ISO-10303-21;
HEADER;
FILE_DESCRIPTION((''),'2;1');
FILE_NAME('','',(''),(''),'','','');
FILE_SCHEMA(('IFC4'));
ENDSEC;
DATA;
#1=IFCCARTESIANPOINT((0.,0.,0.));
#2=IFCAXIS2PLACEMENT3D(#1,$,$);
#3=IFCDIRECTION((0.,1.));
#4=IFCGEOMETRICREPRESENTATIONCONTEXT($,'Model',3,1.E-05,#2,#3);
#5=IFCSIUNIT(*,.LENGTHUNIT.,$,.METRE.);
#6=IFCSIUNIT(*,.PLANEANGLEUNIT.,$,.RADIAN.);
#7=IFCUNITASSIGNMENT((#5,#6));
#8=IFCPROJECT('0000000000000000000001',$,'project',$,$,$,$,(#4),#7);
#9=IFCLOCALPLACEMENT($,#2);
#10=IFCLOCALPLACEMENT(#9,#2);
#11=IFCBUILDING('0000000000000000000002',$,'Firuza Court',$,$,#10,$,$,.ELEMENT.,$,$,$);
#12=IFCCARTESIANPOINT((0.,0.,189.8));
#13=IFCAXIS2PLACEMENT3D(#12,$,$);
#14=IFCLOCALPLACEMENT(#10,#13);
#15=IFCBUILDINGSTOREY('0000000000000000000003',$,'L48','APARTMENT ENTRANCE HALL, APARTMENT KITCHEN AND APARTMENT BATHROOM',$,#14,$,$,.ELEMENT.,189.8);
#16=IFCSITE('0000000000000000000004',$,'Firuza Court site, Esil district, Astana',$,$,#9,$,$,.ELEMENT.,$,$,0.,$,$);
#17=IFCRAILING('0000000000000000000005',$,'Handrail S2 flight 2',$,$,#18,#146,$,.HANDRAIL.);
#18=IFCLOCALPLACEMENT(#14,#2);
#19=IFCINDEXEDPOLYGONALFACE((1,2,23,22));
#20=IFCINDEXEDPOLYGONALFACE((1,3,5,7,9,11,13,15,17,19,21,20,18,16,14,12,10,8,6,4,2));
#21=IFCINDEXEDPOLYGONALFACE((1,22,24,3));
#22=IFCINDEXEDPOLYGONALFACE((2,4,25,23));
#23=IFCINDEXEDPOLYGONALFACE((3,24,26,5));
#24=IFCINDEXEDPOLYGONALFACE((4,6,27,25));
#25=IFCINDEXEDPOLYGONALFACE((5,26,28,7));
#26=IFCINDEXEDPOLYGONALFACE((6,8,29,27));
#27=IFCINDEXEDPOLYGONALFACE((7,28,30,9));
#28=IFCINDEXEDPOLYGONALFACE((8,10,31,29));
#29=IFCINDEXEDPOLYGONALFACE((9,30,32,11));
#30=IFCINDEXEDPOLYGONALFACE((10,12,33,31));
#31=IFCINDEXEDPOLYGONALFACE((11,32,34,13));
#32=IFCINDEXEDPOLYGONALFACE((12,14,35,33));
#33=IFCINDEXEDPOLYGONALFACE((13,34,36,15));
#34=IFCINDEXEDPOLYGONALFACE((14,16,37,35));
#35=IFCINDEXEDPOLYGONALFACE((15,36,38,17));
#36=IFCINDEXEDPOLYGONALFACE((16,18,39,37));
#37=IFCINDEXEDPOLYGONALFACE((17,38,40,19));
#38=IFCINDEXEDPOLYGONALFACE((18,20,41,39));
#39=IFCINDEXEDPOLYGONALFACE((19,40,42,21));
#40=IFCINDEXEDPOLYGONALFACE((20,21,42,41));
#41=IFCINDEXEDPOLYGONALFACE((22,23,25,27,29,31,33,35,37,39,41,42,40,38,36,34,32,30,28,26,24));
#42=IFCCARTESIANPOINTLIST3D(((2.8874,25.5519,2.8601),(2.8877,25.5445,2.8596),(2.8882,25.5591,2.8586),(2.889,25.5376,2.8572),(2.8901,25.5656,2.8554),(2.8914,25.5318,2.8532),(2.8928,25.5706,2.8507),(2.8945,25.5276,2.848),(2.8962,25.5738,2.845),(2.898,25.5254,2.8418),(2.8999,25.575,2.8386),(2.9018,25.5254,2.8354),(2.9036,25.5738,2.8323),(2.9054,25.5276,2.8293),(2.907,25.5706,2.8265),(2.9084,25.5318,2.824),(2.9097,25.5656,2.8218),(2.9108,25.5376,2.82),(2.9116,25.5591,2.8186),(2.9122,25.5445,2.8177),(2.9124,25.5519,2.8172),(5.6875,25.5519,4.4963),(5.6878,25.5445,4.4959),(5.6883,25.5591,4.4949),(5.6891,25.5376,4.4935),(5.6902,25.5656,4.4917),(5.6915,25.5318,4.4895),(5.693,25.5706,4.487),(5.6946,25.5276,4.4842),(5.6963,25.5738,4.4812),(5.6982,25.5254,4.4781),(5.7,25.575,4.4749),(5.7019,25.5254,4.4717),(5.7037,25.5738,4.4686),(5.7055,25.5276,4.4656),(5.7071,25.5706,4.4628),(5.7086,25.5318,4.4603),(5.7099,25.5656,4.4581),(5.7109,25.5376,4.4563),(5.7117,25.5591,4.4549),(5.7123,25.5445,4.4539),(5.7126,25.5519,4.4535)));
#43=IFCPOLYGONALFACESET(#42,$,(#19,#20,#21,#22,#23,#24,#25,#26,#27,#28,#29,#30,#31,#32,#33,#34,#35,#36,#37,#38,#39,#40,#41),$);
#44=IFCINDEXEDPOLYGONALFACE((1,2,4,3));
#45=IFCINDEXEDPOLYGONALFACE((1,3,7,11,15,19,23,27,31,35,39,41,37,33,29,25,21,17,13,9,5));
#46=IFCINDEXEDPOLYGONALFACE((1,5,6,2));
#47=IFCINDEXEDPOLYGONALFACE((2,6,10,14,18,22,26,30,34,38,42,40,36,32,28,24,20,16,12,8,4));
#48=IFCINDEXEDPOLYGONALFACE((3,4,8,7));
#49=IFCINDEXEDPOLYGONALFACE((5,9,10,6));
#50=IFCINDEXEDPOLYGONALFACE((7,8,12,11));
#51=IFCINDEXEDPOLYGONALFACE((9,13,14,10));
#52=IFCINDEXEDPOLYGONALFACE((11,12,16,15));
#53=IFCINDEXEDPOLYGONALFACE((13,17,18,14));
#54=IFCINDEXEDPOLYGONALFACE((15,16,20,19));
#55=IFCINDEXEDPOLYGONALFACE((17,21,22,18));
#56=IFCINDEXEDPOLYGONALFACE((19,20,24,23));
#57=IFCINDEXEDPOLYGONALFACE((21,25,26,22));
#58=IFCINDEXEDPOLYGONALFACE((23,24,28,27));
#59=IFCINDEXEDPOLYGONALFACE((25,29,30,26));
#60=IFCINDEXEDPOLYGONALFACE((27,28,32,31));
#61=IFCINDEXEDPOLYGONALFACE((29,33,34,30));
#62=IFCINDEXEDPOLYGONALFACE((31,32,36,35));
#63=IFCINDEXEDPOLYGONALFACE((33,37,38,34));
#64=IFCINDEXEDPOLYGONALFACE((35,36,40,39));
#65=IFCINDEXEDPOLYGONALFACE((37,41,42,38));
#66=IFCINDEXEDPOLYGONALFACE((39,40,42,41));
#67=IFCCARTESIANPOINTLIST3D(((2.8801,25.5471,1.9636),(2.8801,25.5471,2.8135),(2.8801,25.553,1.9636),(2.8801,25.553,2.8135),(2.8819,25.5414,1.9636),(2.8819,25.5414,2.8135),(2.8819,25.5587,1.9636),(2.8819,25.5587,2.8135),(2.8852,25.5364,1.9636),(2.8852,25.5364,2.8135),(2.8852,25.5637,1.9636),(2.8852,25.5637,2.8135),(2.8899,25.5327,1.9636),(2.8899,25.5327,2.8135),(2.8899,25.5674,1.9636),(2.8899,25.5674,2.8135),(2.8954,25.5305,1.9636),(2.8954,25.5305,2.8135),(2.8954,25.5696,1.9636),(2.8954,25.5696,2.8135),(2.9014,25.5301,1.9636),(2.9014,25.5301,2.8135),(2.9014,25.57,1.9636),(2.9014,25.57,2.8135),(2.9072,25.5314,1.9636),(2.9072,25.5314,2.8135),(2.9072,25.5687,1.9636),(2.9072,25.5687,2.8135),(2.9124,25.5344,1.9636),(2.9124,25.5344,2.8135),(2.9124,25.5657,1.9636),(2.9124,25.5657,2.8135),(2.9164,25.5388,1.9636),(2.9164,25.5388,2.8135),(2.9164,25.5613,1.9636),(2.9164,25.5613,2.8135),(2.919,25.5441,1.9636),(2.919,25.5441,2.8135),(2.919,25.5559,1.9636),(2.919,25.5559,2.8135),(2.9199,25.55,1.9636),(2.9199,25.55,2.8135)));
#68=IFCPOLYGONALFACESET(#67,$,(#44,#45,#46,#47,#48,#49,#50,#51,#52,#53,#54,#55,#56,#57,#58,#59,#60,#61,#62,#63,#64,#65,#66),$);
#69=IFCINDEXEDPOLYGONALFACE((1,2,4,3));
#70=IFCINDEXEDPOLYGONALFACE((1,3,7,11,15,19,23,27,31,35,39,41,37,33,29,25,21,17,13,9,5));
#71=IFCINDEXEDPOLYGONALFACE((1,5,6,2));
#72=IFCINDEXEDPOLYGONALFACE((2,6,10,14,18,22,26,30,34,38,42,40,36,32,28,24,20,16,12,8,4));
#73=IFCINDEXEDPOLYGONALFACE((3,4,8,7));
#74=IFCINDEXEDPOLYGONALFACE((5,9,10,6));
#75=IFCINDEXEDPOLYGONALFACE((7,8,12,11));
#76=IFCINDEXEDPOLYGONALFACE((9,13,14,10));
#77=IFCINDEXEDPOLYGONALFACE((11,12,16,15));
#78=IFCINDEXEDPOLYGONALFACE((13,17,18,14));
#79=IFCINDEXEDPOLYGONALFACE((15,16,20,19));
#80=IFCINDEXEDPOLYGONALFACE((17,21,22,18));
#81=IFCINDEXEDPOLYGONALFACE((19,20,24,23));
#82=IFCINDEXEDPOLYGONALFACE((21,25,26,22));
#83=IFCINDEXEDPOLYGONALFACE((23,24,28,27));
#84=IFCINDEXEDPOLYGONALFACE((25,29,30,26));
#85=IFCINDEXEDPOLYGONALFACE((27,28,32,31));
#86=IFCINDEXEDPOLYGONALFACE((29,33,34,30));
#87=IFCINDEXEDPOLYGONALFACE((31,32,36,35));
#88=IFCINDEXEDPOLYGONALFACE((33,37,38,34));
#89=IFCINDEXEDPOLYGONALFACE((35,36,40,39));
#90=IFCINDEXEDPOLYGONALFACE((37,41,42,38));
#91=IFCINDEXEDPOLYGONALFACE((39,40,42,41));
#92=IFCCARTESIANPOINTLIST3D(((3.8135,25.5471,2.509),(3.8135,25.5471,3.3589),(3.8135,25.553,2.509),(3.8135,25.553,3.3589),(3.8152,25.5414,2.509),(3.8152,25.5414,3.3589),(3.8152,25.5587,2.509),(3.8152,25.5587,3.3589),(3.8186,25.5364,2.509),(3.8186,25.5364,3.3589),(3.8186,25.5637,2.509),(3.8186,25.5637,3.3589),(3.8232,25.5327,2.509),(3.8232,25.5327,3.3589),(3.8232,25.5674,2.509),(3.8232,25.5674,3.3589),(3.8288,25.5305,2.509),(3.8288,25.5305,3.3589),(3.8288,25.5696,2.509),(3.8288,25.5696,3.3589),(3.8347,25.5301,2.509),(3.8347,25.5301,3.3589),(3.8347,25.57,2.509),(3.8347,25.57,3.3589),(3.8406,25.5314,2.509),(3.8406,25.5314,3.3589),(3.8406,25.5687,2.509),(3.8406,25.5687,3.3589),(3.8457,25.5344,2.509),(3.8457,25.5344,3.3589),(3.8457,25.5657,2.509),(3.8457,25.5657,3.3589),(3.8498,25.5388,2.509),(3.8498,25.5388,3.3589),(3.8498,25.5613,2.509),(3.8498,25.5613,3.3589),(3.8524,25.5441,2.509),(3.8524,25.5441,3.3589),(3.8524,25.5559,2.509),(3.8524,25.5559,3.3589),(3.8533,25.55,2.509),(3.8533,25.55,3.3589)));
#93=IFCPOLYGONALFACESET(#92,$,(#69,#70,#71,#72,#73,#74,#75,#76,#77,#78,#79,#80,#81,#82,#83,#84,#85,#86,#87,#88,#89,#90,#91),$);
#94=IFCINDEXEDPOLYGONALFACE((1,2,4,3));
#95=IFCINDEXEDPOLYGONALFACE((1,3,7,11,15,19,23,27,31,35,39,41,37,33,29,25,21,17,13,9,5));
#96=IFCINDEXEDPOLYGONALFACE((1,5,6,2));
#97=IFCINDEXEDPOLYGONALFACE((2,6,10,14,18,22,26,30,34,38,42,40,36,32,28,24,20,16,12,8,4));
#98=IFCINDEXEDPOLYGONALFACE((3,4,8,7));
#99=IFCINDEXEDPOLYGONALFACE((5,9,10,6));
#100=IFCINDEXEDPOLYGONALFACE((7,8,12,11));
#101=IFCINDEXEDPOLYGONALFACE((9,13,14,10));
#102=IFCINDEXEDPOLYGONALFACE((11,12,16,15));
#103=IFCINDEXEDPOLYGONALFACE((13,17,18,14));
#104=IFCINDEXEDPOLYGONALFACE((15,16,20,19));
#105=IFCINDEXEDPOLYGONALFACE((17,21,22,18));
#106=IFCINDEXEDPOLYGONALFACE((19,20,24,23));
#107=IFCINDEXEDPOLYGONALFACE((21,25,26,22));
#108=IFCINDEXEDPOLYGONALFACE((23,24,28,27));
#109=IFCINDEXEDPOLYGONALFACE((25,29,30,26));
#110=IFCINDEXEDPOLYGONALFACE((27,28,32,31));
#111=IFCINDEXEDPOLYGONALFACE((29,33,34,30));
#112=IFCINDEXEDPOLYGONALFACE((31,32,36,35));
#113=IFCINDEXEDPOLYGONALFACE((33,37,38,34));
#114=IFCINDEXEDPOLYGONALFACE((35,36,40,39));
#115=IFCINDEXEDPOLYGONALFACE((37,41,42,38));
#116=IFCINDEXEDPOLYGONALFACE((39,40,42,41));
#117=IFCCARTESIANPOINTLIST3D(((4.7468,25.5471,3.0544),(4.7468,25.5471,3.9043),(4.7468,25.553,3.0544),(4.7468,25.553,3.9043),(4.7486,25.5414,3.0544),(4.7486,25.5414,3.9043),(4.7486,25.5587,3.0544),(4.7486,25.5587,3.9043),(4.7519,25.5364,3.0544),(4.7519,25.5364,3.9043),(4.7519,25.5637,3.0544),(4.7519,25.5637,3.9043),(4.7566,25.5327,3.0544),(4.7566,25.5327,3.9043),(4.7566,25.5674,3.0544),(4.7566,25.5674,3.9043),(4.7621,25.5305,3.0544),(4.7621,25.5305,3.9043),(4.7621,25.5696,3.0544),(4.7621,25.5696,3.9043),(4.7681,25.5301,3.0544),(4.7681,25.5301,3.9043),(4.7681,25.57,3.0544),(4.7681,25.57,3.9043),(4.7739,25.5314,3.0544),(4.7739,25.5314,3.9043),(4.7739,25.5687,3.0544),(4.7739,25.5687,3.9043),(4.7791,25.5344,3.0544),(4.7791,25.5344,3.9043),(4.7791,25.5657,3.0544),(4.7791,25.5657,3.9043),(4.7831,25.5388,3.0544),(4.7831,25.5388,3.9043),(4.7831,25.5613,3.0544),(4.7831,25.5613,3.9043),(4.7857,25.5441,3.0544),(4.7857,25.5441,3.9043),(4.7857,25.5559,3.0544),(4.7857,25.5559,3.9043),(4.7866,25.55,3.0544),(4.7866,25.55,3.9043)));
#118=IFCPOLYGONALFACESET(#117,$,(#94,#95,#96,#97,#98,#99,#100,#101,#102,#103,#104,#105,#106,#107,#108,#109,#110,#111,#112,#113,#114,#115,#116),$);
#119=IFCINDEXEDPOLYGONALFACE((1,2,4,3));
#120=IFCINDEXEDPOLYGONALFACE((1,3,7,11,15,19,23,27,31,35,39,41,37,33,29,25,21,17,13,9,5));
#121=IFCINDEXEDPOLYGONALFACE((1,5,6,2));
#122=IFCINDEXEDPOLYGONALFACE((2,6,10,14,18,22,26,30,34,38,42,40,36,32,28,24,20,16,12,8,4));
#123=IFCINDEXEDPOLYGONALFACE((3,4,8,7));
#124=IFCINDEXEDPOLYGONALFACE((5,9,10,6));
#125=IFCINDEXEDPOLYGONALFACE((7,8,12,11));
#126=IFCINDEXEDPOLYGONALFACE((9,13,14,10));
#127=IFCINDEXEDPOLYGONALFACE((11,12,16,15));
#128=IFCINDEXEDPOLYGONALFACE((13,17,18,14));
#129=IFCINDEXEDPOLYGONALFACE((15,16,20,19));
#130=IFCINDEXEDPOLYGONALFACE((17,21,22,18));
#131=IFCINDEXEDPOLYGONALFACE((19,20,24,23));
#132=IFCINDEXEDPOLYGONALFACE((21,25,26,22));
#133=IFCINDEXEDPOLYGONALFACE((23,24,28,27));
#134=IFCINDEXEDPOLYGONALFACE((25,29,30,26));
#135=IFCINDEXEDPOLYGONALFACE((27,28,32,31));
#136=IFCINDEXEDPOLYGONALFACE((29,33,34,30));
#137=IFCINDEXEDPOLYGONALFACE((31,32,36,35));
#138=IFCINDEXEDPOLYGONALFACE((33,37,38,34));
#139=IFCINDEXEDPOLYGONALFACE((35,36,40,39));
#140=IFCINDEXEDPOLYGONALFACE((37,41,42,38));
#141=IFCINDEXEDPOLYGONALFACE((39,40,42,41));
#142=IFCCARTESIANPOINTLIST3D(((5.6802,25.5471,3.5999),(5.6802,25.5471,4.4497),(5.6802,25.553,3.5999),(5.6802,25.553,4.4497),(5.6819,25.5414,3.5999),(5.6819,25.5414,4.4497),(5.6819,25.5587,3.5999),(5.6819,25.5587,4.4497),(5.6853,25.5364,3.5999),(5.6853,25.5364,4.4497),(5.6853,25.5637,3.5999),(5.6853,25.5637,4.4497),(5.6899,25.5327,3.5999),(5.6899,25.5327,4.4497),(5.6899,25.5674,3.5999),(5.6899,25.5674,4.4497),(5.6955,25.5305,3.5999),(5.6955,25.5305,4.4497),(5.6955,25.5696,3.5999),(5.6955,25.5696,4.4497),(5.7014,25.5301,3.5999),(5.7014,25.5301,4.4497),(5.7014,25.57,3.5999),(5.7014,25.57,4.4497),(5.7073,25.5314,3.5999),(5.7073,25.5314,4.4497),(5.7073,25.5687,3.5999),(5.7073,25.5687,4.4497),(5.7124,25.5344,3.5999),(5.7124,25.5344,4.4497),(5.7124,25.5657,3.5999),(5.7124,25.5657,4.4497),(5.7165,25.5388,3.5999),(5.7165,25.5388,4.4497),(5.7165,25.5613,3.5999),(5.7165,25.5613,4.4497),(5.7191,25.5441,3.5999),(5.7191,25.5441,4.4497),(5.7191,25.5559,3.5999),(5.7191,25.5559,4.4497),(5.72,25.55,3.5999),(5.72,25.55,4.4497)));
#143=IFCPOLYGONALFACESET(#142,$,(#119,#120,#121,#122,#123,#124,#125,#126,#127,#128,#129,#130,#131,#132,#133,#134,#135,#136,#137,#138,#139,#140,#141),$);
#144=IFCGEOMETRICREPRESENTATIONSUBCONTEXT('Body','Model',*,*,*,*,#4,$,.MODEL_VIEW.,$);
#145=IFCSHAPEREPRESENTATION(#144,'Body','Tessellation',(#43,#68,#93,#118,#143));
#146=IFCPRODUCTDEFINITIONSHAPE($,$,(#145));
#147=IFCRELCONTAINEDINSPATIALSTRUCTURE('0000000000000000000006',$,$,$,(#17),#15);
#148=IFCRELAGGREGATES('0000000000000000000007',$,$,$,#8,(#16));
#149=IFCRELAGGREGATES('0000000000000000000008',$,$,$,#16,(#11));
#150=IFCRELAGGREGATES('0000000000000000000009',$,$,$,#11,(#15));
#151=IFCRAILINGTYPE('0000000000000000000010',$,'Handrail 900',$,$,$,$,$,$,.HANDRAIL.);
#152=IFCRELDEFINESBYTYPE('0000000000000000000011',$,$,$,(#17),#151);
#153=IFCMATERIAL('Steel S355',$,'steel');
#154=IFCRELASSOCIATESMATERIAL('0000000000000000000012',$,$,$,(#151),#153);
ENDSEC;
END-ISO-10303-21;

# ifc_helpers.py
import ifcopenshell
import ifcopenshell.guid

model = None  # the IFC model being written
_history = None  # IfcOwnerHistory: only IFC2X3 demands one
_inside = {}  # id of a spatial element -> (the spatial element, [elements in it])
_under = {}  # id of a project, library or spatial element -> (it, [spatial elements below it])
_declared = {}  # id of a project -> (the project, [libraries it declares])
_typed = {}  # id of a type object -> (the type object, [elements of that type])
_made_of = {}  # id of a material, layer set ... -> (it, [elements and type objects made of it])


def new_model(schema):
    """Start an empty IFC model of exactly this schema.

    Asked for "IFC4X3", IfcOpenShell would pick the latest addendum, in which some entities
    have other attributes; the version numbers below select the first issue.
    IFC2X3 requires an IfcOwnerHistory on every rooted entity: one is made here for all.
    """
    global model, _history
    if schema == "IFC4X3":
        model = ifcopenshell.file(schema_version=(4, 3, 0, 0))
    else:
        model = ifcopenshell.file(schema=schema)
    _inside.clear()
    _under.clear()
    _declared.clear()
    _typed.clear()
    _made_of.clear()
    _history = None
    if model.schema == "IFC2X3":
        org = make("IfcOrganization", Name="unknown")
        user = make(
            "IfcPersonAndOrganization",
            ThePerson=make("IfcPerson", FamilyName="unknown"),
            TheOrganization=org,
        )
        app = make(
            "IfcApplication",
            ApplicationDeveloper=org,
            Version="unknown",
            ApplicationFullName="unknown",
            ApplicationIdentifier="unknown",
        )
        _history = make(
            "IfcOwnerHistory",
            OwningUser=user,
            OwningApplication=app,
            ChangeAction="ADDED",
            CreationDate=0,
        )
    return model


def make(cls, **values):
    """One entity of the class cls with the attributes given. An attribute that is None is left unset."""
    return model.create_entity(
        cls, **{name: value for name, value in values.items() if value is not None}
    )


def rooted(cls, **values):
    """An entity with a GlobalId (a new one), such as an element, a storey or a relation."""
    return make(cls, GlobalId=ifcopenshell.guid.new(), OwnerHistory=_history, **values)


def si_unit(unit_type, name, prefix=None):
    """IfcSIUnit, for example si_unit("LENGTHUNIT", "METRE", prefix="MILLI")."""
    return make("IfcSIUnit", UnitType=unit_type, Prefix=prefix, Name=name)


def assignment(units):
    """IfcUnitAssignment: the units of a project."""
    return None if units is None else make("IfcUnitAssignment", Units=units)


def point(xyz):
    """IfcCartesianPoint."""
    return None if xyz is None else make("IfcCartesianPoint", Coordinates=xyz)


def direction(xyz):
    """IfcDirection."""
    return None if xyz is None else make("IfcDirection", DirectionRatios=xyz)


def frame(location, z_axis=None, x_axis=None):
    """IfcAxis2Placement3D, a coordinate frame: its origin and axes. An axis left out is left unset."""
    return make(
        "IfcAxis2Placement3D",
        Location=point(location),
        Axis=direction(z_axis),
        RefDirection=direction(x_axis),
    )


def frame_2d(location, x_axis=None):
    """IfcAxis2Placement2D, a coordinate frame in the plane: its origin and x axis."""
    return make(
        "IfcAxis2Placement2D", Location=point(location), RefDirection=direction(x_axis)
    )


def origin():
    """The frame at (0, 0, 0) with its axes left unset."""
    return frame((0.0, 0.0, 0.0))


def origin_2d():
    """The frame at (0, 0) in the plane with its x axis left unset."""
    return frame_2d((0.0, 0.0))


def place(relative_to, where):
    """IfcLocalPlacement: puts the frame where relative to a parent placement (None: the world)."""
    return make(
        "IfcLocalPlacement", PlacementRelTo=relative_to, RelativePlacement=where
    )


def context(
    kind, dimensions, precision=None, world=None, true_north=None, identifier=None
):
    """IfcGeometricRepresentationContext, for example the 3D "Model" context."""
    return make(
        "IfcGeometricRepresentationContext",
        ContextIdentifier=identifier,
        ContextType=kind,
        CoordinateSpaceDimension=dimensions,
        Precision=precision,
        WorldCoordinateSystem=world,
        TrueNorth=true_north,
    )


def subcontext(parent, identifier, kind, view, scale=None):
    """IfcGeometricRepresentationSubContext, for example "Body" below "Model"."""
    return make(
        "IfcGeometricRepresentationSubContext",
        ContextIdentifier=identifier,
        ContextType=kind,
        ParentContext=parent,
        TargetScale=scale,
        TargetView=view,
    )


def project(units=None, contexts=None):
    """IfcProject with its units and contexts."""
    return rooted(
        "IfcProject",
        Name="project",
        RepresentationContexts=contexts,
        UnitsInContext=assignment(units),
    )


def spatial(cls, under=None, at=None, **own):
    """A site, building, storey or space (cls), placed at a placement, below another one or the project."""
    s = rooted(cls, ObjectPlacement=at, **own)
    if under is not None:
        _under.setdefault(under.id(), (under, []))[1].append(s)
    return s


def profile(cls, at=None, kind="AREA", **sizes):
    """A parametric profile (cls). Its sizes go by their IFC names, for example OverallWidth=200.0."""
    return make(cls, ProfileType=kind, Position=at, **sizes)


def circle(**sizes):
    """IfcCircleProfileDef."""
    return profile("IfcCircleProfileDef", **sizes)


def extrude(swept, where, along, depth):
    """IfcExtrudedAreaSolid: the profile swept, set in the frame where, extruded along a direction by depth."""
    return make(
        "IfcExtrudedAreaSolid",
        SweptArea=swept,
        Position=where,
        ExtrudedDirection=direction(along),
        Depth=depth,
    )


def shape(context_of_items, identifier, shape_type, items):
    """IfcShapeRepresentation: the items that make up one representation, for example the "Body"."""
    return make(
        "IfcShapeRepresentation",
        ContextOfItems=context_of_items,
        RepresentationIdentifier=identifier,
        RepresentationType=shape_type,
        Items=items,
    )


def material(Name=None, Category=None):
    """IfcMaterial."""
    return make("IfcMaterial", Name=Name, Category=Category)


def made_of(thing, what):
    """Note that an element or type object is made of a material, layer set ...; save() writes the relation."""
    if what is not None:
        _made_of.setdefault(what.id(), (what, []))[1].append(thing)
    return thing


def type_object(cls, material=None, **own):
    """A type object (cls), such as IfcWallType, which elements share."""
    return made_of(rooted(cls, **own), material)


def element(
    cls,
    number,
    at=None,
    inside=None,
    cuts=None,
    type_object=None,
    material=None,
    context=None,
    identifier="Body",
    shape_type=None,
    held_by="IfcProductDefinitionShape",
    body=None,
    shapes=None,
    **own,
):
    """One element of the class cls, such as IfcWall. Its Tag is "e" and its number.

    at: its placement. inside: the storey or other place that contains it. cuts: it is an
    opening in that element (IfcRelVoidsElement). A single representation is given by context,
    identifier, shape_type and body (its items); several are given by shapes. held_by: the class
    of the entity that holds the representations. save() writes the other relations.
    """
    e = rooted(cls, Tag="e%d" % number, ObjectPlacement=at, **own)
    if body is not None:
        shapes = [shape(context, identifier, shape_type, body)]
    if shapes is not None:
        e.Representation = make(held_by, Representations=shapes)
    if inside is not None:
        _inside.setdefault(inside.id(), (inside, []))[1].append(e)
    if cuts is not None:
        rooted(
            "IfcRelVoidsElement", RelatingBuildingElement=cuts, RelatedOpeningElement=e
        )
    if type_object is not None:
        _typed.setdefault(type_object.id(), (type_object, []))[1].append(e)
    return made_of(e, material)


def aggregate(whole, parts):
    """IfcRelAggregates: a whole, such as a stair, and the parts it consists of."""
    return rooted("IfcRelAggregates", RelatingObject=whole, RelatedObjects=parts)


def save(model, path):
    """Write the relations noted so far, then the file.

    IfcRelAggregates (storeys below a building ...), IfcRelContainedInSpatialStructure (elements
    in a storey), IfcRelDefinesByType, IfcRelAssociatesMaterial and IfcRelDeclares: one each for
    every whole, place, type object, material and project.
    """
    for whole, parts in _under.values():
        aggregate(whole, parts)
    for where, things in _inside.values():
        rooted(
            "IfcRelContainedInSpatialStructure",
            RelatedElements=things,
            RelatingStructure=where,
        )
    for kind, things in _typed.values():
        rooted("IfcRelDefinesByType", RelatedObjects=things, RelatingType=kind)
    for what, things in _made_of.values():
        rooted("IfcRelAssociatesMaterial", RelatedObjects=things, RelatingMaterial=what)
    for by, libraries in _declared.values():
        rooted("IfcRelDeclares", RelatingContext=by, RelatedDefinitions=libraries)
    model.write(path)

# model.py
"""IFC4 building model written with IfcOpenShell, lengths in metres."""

from ifc_helpers import new_model, si_unit, direction, frame, origin, origin_2d, place, context, subcontext, project, spatial, circle, extrude, material, type_object, element, save


model = new_model("IFC4")

# Units and contexts
model_context = context("Model", 3, precision=1e-05, world=origin(), true_north=direction((0.0, 1.0)))
body_context = subcontext(model_context, "Body", "Model", "MODEL_VIEW")
ifc_project = project(units=[si_unit("LENGTHUNIT", "METRE"), si_unit("PLANEANGLEUNIT", "RADIAN")], contexts=[model_context])

# Site, building, storey
site_placement = place(None, origin())
site = spatial("IfcSite", under=ifc_project, at=site_placement, Name="Firuza Court site, Esil district, Astana", CompositionType="ELEMENT", RefElevation=0.0)
building_placement = place(site_placement, origin())
building = spatial("IfcBuilding", under=site, at=building_placement, Name="Firuza Court", CompositionType="ELEMENT")
storey_placement = place(building_placement, frame((0.0, 0.0, 189.8)))
storey = spatial("IfcBuildingStorey", under=building, at=storey_placement, Name="L48", Description="APARTMENT ENTRANCE HALL, APARTMENT KITCHEN AND APARTMENT BATHROOM", CompositionType="ELEMENT", Elevation=189.8)

# Railing
ifc_material_1 = material(Name="Steel S355", Category="steel")
railing_type_1 = type_object("IfcRailingType", Name="Handrail 900", PredefinedType="HANDRAIL", material=ifc_material_1)
railing_1_placement = place(storey_placement, frame((2.8999, 25.55, 1.9636)))
element("IfcRailing", 1, at=railing_1_placement, inside=storey, type_object=railing_type_1, Name="Handrail S2 flight 2", PredefinedType="HANDRAIL", context=body_context, shape_type="SweptSolid", body=[
    extrude(circle(Radius=0.0249, at=origin_2d()), frame((0.0, 0.0, 0.875), z_axis=(0.863394, 0.0, 0.504531), x_axis=(0.0, 1.0, 0.0)), (0.0, 0.0, 1.0), 3.2432),
    extrude(circle(Radius=0.02, at=origin_2d()), origin(), (0.0, 0.0, 1.0), 0.8499),
    extrude(circle(Radius=0.02, at=origin_2d()), frame((0.9333, 0.0, 0.5454)), (0.0, 0.0, 1.0), 0.8499),
    extrude(circle(Radius=0.02, at=origin_2d()), frame((1.8667, 0.0, 1.0908)), (0.0, 0.0, 1.0), 0.8499),
    extrude(circle(Radius=0.02, at=origin_2d()), frame((2.8, 0.0, 1.6362)), (0.0, 0.0, 1.0), 0.8499),
])

save(model, "model.ifc")
